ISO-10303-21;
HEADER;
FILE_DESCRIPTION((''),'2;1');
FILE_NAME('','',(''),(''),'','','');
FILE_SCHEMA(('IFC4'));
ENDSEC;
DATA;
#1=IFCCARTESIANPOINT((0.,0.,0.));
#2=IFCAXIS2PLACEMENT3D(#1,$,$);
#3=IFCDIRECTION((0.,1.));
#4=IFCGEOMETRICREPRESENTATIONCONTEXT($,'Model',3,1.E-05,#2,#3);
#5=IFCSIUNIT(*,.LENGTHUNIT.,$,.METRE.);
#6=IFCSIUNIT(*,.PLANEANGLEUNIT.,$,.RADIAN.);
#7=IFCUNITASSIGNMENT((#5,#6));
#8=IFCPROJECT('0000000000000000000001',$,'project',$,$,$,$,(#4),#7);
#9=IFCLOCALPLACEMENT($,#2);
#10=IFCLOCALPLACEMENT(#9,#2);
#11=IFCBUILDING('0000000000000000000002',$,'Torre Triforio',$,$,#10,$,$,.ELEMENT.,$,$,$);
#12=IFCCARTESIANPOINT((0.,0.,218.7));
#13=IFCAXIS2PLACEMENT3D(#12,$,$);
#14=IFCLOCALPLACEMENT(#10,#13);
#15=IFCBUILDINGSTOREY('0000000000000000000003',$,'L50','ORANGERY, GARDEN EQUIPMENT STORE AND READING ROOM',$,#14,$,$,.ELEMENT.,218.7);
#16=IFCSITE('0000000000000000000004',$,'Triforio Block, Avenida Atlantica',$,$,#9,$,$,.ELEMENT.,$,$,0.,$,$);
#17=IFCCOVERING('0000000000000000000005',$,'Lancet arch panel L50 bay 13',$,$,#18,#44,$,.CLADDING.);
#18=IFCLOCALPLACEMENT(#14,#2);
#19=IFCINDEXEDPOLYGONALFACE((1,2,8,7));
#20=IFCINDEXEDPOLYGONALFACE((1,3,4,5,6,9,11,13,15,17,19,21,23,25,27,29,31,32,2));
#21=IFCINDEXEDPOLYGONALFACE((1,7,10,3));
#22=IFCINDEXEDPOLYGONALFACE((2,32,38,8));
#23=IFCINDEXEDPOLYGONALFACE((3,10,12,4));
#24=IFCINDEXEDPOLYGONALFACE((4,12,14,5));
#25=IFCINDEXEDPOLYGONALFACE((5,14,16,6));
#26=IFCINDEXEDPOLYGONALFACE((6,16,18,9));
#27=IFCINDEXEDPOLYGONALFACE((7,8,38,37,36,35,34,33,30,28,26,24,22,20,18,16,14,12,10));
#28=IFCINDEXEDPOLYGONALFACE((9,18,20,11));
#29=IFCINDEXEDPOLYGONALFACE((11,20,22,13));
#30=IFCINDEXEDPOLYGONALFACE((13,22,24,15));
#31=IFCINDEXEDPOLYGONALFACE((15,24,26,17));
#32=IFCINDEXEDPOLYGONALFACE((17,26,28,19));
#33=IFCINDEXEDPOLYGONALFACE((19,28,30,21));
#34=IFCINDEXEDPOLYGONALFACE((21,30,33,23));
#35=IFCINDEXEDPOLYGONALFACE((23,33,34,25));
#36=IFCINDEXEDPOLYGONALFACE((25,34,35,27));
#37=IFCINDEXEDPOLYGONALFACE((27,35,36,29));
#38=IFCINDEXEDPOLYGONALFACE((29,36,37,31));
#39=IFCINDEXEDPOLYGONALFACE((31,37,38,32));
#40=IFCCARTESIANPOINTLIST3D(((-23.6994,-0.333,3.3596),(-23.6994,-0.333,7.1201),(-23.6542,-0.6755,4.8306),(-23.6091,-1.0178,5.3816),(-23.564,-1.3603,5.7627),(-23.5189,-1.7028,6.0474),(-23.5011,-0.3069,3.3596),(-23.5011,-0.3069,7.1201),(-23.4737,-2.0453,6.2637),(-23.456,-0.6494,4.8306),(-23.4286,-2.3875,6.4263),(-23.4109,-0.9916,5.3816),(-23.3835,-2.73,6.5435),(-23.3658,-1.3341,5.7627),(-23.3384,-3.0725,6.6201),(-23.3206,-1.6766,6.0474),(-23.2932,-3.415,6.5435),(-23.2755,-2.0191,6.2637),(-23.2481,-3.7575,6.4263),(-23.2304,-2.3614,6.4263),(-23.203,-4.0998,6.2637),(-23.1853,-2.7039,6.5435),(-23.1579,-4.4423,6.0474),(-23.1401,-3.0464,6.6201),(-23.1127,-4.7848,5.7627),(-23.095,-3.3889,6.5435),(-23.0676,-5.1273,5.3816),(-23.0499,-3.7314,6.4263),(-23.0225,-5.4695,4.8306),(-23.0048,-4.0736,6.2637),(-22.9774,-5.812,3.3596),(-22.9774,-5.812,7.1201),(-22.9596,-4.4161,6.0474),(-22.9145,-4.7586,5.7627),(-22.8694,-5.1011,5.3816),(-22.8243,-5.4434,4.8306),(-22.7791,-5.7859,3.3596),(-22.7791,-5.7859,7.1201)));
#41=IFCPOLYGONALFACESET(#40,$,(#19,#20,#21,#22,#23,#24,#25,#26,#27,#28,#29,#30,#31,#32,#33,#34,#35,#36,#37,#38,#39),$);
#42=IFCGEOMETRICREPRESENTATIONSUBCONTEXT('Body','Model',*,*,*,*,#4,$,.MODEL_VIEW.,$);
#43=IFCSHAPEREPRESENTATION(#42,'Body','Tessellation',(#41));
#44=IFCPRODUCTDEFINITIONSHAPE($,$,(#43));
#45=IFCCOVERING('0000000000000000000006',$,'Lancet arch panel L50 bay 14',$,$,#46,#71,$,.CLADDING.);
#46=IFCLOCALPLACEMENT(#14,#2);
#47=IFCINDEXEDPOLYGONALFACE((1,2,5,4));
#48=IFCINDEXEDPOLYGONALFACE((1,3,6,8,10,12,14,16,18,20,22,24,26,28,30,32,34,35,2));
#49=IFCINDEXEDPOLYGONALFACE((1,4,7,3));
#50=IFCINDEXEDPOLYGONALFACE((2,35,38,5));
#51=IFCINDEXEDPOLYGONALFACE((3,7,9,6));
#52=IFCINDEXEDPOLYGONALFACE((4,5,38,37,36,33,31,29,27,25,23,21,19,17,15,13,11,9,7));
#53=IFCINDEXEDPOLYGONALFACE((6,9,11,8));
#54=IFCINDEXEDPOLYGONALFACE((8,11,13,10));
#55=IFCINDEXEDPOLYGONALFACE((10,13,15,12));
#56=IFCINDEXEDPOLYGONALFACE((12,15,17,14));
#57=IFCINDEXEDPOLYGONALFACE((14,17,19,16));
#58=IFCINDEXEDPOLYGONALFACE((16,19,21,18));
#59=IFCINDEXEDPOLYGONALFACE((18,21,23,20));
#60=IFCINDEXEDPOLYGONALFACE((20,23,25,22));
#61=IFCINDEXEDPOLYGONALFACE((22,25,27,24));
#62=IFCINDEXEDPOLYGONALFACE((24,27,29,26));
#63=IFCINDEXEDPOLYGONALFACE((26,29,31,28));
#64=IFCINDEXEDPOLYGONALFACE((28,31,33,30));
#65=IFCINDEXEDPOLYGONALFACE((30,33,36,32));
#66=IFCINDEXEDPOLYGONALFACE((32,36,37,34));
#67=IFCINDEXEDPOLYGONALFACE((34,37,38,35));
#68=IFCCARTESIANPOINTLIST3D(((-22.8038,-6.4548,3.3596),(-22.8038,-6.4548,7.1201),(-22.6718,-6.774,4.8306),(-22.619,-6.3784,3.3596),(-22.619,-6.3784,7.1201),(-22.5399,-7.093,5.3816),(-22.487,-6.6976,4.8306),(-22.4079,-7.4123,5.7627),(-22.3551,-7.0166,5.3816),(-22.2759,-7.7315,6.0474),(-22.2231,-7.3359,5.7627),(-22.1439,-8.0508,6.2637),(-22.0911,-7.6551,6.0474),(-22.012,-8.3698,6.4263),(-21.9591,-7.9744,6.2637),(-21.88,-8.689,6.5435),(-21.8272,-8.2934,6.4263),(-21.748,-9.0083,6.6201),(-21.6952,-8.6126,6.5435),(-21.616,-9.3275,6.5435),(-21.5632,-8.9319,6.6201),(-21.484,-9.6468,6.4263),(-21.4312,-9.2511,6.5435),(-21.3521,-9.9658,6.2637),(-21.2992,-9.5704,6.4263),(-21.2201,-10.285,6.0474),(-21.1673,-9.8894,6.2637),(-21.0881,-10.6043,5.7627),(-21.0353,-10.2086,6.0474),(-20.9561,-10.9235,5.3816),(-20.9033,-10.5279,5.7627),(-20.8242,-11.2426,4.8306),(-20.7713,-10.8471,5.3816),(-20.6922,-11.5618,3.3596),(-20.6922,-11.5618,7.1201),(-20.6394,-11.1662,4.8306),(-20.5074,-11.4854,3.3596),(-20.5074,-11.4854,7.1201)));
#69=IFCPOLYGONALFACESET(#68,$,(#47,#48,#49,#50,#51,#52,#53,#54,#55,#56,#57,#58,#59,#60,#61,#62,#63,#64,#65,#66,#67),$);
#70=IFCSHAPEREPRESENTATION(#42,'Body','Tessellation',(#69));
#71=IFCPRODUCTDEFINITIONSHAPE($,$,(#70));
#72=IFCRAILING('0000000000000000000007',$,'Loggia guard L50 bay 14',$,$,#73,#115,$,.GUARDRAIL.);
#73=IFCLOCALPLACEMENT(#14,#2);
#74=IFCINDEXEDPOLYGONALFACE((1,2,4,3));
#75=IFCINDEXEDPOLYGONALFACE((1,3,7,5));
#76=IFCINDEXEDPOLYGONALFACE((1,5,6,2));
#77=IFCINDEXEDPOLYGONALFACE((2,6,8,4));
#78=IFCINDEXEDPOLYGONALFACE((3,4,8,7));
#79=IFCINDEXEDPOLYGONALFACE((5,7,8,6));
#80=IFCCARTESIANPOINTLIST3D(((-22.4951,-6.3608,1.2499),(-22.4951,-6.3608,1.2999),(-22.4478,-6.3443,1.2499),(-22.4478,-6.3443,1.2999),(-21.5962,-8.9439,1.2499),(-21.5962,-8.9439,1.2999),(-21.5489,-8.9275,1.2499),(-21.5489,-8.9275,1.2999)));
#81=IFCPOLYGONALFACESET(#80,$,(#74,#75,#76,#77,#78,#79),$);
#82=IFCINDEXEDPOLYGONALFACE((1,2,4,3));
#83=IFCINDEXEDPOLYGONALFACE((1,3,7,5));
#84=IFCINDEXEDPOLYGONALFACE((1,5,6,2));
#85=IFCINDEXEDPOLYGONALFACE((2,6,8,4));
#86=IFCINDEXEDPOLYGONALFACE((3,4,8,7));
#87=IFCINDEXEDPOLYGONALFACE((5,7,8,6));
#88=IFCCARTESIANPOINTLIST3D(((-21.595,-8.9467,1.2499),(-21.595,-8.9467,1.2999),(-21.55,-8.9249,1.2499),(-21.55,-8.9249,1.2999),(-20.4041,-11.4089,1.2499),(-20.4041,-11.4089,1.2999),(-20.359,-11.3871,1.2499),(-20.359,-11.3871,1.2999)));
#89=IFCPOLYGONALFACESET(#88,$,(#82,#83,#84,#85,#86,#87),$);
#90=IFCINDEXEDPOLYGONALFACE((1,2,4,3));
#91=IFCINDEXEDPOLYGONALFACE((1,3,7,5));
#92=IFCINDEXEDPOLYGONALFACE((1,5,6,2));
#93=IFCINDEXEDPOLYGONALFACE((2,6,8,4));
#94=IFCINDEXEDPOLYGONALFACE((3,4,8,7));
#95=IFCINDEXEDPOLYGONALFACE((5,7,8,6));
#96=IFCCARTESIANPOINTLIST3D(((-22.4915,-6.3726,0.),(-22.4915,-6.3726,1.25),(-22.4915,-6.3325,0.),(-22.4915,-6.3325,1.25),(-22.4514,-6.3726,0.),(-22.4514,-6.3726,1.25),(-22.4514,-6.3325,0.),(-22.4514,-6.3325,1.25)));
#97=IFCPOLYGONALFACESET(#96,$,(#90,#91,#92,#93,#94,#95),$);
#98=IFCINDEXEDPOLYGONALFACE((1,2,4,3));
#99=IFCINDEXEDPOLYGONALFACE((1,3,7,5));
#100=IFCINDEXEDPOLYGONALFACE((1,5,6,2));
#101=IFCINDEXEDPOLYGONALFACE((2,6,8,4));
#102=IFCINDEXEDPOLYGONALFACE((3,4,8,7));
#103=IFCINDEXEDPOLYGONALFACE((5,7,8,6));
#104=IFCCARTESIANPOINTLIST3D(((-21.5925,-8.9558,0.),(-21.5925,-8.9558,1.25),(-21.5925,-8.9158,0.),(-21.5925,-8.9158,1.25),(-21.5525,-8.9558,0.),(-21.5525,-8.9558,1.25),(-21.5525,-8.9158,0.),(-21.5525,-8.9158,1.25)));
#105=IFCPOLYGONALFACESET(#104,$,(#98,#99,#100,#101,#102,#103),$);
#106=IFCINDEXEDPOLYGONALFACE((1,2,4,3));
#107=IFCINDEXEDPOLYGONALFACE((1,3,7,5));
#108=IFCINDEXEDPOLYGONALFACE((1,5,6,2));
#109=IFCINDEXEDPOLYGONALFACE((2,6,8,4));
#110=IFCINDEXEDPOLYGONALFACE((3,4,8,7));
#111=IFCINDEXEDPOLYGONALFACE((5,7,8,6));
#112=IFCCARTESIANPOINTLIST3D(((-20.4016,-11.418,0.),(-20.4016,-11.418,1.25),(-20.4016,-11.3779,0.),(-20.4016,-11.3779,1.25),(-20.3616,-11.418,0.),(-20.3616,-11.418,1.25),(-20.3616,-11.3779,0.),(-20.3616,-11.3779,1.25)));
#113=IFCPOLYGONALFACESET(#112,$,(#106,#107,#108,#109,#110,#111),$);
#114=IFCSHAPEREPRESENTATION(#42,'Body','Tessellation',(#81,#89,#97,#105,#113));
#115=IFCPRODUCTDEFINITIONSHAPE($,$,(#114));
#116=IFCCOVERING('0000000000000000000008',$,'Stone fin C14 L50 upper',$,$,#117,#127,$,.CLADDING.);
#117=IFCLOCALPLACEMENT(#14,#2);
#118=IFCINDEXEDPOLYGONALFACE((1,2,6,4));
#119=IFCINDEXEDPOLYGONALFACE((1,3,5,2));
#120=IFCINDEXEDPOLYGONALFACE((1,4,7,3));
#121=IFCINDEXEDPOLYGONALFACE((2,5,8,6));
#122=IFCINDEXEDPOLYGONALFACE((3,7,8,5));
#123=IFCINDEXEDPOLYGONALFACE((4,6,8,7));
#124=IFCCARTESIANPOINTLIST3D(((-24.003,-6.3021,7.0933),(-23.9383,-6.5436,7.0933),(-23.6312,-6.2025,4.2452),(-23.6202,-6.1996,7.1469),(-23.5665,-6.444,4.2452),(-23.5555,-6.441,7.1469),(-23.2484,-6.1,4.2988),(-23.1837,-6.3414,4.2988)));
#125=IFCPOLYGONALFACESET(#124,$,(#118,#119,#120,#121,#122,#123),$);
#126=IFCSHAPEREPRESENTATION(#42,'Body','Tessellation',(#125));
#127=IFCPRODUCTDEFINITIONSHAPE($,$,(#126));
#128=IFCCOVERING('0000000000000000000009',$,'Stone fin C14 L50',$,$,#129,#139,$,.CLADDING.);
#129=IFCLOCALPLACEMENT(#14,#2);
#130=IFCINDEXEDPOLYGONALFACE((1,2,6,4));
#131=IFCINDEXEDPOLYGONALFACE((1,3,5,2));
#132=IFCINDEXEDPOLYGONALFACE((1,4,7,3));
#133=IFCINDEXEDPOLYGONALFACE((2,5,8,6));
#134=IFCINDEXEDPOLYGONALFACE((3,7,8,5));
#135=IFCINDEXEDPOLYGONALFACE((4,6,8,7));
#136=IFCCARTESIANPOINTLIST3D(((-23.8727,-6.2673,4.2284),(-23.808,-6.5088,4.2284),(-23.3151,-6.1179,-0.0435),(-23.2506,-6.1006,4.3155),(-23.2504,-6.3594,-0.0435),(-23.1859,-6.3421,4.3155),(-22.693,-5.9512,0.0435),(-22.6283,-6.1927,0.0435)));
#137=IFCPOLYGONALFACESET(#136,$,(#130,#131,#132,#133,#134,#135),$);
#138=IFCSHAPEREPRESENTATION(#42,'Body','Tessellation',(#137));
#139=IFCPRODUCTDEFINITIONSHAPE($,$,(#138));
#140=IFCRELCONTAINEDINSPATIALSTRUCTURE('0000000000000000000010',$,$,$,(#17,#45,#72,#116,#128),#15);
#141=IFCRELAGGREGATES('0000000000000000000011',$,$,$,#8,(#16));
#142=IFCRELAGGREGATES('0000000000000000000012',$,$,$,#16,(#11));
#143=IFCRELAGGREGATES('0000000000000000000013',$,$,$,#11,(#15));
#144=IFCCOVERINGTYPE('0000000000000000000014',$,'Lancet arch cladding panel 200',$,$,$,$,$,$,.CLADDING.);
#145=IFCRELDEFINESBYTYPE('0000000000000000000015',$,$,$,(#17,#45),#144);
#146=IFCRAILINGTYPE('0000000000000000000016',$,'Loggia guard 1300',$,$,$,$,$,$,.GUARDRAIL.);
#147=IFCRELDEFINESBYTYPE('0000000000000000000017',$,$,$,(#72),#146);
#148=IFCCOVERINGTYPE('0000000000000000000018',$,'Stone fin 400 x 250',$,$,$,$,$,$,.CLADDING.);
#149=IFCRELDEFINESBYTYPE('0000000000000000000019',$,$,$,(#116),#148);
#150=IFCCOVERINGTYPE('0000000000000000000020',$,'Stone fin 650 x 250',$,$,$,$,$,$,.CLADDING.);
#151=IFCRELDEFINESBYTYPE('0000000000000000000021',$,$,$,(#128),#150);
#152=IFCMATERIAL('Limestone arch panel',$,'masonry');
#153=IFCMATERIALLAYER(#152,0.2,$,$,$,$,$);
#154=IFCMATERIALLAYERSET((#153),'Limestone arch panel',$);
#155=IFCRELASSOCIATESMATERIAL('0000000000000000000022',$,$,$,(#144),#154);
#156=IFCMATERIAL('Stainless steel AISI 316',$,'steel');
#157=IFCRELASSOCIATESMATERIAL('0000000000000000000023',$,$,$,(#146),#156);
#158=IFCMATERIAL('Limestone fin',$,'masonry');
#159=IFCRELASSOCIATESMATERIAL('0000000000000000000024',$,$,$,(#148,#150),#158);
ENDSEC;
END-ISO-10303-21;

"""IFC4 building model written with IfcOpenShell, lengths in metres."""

from ifc_helpers import new_model, si_unit, direction, frame, origin, origin_2d, place, context, subcontext, project, spatial, polyline, rectangle, outline, extrude, material, layer, layer_set, material_profile, profile_set, type_object, element, save


model = new_model("IFC4")

# Units and contexts
model_context = context("Model", 3, precision=1e-05, world=origin(), true_north=direction((0.0, 1.0)))
body_context = subcontext(model_context, "Body", "Model", "MODEL_VIEW")
ifc_project = project(units=[si_unit("LENGTHUNIT", "METRE"), si_unit("PLANEANGLEUNIT", "RADIAN")], contexts=[model_context])

# Site, building, storey
site_placement = place(None, origin())
site = spatial("IfcSite", under=ifc_project, at=site_placement, Name="Triforio Block, Avenida Atlantica", CompositionType="ELEMENT", RefElevation=0.0)
building_placement = place(site_placement, origin())
building = spatial("IfcBuilding", under=site, at=building_placement, Name="Torre Triforio", CompositionType="ELEMENT")
storey_placement = place(building_placement, frame((0.0, 0.0, 218.7)))
storey = spatial("IfcBuildingStorey", under=building, at=storey_placement, Name="L50", Description="ORANGERY, GARDEN EQUIPMENT STORE AND READING ROOM", CompositionType="ELEMENT", Elevation=218.7)

# Coverings
ifc_material_1 = material(Name="Limestone arch panel", Category="masonry")
ifc_layer_1 = layer(ifc_material_1, 0.2)
ifc_layer_set_1 = layer_set([ifc_layer_1], Name="Limestone arch panel")
covering_type_1 = type_object("IfcCoveringType", Name="Lancet arch cladding panel 200", PredefinedType="CLADDING", material=ifc_layer_set_1)
for number, where, z_axis, x_axis, name in (
    (1, (-23.1401, -3.0464, 0.0), (-0.991429, -0.130644, 0.0), (0.130644, -0.991429, 0.0), "Lancet arch panel L50 bay 13"),
    (2, (-21.5632, -8.9319, 0.0), (-0.924121, -0.3821, 0.0), (0.3821, -0.924121, 0.0), "Lancet arch panel L50 bay 14"),
):
    element("IfcCovering", number, at=place(storey_placement, frame(where, z_axis=z_axis, x_axis=x_axis)), inside=storey, type_object=covering_type_1, Name=name, PredefinedType="CLADDING", context=body_context, shape_type="SweptSolid", body=[
        extrude(outline(polyline([(-2.7632, 7.1201), (-2.7632, 3.3596), (-2.4177, 4.8306), (-2.0725, 5.3816), (-1.7271, 5.7627), (-1.3816, 6.0474), (-1.0361, 6.2637), (-0.6909, 6.4263), (-0.3455, 6.5435), (0.0, 6.6201), (0.3455, 6.5435), (0.6909, 6.4263), (1.0361, 6.2637), (1.3816, 6.0474), (1.7271, 5.7627), (2.0725, 5.3816), (2.4177, 4.8306), (2.7632, 3.3596), (2.7632, 7.1201), (-2.7632, 7.1201)])), origin(), (0.0, 0.0, 1.0), 0.2),
    ])

# Railing
ifc_material_2 = material(Name="Stainless steel AISI 316", Category="steel")
railing_type = type_object("IfcRailingType", Name="Loggia guard 1300", PredefinedType="GUARDRAIL", material=ifc_material_2)
railing_placement = place(storey_placement, frame((-22.4714, -6.3525, 0.0)))
element("IfcRailing", 3, at=railing_placement, inside=storey, type_object=railing_type, Name="Loggia guard L50 bay 14", PredefinedType="GUARDRAIL", context=body_context, shape_type="SweptSolid", body=[
    extrude(rectangle(XDim=0.05, YDim=0.05, at=origin_2d()), frame((0.0, 0.0, 1.2749), z_axis=(0.328652, -0.944451, 0.0), x_axis=(0.944451, 0.328652, 0.0)), (0.0, 0.0, 1.0), 2.7351),
    extrude(rectangle(XDim=0.05, YDim=0.05, at=origin_2d()), frame((0.8989, -2.5833, 1.2749), z_axis=(0.435428, -0.900224, 0.0), x_axis=(0.900224, 0.435428, 0.0)), (0.0, 0.0, 1.0), 2.7351),
    extrude(rectangle(XDim=0.04, YDim=0.04, at=origin_2d()), origin(), (0.0, 0.0, 1.0), 1.25),
    extrude(rectangle(XDim=0.04, YDim=0.04, at=origin_2d()), frame((0.8989, -2.5833, 0.0)), (0.0, 0.0, 1.0), 1.25),
    extrude(rectangle(XDim=0.04, YDim=0.04, at=origin_2d()), frame((2.0898, -5.0454, 0.0)), (0.0, 0.0, 1.0), 1.25),
])

# Coverings
ifc_material_3 = material(Name="Limestone fin", Category="masonry")
ifc_material_profile_1 = material_profile(ifc_material_3, rectangle(XDim=0.3999, YDim=0.25, at=origin_2d()), Name="FIN 400x250")
ifc_profile_set_1 = profile_set([ifc_material_profile_1], Name="Limestone fin")
covering_type_2 = type_object("IfcCoveringType", Name="Stone fin 400 x 250", PredefinedType="CLADDING", material=ifc_profile_set_1)
covering_1_placement = place(storey_placement, frame((-23.4075, -6.272, 4.272), z_axis=(-0.129374, -0.034658, 0.99099), x_axis=(0.957236, 0.256436, 0.133936)))
element("IfcCovering", 4, at=covering_1_placement, inside=storey, type_object=covering_type_2, Name="Stone fin C14 L50 upper", PredefinedType="CLADDING", context=body_context, shape_type="SweptSolid", body=[
    extrude(rectangle(XDim=0.3999, YDim=0.25, at=origin_2d()), origin(), (0.0, 0.0, 1.0), 2.874),
])
ifc_material_profile_2 = material_profile(ifc_material_3, rectangle(XDim=0.6499, YDim=0.25, at=origin_2d()), Name="FIN 650x250")
ifc_profile_set_2 = profile_set([ifc_material_profile_2], Name="Limestone fin")
covering_type_3 = type_object("IfcCoveringType", Name="Stone fin 650 x 250", PredefinedType="CLADDING", material=ifc_profile_set_2)
covering_2_placement = place(storey_placement, frame((-22.9717, -6.1553, 0.0), z_axis=(-0.129353, -0.03466, 0.990993), x_axis=(0.957225, 0.256489, 0.133917)))
element("IfcCovering", 5, at=covering_2_placement, inside=storey, type_object=covering_type_3, Name="Stone fin C14 L50", PredefinedType="CLADDING", context=body_context, shape_type="SweptSolid", body=[
    extrude(rectangle(XDim=0.6499, YDim=0.25, at=origin_2d()), origin(), (0.0, 0.0, 1.0), 4.3108),
])

save(model, "model.ifc")
